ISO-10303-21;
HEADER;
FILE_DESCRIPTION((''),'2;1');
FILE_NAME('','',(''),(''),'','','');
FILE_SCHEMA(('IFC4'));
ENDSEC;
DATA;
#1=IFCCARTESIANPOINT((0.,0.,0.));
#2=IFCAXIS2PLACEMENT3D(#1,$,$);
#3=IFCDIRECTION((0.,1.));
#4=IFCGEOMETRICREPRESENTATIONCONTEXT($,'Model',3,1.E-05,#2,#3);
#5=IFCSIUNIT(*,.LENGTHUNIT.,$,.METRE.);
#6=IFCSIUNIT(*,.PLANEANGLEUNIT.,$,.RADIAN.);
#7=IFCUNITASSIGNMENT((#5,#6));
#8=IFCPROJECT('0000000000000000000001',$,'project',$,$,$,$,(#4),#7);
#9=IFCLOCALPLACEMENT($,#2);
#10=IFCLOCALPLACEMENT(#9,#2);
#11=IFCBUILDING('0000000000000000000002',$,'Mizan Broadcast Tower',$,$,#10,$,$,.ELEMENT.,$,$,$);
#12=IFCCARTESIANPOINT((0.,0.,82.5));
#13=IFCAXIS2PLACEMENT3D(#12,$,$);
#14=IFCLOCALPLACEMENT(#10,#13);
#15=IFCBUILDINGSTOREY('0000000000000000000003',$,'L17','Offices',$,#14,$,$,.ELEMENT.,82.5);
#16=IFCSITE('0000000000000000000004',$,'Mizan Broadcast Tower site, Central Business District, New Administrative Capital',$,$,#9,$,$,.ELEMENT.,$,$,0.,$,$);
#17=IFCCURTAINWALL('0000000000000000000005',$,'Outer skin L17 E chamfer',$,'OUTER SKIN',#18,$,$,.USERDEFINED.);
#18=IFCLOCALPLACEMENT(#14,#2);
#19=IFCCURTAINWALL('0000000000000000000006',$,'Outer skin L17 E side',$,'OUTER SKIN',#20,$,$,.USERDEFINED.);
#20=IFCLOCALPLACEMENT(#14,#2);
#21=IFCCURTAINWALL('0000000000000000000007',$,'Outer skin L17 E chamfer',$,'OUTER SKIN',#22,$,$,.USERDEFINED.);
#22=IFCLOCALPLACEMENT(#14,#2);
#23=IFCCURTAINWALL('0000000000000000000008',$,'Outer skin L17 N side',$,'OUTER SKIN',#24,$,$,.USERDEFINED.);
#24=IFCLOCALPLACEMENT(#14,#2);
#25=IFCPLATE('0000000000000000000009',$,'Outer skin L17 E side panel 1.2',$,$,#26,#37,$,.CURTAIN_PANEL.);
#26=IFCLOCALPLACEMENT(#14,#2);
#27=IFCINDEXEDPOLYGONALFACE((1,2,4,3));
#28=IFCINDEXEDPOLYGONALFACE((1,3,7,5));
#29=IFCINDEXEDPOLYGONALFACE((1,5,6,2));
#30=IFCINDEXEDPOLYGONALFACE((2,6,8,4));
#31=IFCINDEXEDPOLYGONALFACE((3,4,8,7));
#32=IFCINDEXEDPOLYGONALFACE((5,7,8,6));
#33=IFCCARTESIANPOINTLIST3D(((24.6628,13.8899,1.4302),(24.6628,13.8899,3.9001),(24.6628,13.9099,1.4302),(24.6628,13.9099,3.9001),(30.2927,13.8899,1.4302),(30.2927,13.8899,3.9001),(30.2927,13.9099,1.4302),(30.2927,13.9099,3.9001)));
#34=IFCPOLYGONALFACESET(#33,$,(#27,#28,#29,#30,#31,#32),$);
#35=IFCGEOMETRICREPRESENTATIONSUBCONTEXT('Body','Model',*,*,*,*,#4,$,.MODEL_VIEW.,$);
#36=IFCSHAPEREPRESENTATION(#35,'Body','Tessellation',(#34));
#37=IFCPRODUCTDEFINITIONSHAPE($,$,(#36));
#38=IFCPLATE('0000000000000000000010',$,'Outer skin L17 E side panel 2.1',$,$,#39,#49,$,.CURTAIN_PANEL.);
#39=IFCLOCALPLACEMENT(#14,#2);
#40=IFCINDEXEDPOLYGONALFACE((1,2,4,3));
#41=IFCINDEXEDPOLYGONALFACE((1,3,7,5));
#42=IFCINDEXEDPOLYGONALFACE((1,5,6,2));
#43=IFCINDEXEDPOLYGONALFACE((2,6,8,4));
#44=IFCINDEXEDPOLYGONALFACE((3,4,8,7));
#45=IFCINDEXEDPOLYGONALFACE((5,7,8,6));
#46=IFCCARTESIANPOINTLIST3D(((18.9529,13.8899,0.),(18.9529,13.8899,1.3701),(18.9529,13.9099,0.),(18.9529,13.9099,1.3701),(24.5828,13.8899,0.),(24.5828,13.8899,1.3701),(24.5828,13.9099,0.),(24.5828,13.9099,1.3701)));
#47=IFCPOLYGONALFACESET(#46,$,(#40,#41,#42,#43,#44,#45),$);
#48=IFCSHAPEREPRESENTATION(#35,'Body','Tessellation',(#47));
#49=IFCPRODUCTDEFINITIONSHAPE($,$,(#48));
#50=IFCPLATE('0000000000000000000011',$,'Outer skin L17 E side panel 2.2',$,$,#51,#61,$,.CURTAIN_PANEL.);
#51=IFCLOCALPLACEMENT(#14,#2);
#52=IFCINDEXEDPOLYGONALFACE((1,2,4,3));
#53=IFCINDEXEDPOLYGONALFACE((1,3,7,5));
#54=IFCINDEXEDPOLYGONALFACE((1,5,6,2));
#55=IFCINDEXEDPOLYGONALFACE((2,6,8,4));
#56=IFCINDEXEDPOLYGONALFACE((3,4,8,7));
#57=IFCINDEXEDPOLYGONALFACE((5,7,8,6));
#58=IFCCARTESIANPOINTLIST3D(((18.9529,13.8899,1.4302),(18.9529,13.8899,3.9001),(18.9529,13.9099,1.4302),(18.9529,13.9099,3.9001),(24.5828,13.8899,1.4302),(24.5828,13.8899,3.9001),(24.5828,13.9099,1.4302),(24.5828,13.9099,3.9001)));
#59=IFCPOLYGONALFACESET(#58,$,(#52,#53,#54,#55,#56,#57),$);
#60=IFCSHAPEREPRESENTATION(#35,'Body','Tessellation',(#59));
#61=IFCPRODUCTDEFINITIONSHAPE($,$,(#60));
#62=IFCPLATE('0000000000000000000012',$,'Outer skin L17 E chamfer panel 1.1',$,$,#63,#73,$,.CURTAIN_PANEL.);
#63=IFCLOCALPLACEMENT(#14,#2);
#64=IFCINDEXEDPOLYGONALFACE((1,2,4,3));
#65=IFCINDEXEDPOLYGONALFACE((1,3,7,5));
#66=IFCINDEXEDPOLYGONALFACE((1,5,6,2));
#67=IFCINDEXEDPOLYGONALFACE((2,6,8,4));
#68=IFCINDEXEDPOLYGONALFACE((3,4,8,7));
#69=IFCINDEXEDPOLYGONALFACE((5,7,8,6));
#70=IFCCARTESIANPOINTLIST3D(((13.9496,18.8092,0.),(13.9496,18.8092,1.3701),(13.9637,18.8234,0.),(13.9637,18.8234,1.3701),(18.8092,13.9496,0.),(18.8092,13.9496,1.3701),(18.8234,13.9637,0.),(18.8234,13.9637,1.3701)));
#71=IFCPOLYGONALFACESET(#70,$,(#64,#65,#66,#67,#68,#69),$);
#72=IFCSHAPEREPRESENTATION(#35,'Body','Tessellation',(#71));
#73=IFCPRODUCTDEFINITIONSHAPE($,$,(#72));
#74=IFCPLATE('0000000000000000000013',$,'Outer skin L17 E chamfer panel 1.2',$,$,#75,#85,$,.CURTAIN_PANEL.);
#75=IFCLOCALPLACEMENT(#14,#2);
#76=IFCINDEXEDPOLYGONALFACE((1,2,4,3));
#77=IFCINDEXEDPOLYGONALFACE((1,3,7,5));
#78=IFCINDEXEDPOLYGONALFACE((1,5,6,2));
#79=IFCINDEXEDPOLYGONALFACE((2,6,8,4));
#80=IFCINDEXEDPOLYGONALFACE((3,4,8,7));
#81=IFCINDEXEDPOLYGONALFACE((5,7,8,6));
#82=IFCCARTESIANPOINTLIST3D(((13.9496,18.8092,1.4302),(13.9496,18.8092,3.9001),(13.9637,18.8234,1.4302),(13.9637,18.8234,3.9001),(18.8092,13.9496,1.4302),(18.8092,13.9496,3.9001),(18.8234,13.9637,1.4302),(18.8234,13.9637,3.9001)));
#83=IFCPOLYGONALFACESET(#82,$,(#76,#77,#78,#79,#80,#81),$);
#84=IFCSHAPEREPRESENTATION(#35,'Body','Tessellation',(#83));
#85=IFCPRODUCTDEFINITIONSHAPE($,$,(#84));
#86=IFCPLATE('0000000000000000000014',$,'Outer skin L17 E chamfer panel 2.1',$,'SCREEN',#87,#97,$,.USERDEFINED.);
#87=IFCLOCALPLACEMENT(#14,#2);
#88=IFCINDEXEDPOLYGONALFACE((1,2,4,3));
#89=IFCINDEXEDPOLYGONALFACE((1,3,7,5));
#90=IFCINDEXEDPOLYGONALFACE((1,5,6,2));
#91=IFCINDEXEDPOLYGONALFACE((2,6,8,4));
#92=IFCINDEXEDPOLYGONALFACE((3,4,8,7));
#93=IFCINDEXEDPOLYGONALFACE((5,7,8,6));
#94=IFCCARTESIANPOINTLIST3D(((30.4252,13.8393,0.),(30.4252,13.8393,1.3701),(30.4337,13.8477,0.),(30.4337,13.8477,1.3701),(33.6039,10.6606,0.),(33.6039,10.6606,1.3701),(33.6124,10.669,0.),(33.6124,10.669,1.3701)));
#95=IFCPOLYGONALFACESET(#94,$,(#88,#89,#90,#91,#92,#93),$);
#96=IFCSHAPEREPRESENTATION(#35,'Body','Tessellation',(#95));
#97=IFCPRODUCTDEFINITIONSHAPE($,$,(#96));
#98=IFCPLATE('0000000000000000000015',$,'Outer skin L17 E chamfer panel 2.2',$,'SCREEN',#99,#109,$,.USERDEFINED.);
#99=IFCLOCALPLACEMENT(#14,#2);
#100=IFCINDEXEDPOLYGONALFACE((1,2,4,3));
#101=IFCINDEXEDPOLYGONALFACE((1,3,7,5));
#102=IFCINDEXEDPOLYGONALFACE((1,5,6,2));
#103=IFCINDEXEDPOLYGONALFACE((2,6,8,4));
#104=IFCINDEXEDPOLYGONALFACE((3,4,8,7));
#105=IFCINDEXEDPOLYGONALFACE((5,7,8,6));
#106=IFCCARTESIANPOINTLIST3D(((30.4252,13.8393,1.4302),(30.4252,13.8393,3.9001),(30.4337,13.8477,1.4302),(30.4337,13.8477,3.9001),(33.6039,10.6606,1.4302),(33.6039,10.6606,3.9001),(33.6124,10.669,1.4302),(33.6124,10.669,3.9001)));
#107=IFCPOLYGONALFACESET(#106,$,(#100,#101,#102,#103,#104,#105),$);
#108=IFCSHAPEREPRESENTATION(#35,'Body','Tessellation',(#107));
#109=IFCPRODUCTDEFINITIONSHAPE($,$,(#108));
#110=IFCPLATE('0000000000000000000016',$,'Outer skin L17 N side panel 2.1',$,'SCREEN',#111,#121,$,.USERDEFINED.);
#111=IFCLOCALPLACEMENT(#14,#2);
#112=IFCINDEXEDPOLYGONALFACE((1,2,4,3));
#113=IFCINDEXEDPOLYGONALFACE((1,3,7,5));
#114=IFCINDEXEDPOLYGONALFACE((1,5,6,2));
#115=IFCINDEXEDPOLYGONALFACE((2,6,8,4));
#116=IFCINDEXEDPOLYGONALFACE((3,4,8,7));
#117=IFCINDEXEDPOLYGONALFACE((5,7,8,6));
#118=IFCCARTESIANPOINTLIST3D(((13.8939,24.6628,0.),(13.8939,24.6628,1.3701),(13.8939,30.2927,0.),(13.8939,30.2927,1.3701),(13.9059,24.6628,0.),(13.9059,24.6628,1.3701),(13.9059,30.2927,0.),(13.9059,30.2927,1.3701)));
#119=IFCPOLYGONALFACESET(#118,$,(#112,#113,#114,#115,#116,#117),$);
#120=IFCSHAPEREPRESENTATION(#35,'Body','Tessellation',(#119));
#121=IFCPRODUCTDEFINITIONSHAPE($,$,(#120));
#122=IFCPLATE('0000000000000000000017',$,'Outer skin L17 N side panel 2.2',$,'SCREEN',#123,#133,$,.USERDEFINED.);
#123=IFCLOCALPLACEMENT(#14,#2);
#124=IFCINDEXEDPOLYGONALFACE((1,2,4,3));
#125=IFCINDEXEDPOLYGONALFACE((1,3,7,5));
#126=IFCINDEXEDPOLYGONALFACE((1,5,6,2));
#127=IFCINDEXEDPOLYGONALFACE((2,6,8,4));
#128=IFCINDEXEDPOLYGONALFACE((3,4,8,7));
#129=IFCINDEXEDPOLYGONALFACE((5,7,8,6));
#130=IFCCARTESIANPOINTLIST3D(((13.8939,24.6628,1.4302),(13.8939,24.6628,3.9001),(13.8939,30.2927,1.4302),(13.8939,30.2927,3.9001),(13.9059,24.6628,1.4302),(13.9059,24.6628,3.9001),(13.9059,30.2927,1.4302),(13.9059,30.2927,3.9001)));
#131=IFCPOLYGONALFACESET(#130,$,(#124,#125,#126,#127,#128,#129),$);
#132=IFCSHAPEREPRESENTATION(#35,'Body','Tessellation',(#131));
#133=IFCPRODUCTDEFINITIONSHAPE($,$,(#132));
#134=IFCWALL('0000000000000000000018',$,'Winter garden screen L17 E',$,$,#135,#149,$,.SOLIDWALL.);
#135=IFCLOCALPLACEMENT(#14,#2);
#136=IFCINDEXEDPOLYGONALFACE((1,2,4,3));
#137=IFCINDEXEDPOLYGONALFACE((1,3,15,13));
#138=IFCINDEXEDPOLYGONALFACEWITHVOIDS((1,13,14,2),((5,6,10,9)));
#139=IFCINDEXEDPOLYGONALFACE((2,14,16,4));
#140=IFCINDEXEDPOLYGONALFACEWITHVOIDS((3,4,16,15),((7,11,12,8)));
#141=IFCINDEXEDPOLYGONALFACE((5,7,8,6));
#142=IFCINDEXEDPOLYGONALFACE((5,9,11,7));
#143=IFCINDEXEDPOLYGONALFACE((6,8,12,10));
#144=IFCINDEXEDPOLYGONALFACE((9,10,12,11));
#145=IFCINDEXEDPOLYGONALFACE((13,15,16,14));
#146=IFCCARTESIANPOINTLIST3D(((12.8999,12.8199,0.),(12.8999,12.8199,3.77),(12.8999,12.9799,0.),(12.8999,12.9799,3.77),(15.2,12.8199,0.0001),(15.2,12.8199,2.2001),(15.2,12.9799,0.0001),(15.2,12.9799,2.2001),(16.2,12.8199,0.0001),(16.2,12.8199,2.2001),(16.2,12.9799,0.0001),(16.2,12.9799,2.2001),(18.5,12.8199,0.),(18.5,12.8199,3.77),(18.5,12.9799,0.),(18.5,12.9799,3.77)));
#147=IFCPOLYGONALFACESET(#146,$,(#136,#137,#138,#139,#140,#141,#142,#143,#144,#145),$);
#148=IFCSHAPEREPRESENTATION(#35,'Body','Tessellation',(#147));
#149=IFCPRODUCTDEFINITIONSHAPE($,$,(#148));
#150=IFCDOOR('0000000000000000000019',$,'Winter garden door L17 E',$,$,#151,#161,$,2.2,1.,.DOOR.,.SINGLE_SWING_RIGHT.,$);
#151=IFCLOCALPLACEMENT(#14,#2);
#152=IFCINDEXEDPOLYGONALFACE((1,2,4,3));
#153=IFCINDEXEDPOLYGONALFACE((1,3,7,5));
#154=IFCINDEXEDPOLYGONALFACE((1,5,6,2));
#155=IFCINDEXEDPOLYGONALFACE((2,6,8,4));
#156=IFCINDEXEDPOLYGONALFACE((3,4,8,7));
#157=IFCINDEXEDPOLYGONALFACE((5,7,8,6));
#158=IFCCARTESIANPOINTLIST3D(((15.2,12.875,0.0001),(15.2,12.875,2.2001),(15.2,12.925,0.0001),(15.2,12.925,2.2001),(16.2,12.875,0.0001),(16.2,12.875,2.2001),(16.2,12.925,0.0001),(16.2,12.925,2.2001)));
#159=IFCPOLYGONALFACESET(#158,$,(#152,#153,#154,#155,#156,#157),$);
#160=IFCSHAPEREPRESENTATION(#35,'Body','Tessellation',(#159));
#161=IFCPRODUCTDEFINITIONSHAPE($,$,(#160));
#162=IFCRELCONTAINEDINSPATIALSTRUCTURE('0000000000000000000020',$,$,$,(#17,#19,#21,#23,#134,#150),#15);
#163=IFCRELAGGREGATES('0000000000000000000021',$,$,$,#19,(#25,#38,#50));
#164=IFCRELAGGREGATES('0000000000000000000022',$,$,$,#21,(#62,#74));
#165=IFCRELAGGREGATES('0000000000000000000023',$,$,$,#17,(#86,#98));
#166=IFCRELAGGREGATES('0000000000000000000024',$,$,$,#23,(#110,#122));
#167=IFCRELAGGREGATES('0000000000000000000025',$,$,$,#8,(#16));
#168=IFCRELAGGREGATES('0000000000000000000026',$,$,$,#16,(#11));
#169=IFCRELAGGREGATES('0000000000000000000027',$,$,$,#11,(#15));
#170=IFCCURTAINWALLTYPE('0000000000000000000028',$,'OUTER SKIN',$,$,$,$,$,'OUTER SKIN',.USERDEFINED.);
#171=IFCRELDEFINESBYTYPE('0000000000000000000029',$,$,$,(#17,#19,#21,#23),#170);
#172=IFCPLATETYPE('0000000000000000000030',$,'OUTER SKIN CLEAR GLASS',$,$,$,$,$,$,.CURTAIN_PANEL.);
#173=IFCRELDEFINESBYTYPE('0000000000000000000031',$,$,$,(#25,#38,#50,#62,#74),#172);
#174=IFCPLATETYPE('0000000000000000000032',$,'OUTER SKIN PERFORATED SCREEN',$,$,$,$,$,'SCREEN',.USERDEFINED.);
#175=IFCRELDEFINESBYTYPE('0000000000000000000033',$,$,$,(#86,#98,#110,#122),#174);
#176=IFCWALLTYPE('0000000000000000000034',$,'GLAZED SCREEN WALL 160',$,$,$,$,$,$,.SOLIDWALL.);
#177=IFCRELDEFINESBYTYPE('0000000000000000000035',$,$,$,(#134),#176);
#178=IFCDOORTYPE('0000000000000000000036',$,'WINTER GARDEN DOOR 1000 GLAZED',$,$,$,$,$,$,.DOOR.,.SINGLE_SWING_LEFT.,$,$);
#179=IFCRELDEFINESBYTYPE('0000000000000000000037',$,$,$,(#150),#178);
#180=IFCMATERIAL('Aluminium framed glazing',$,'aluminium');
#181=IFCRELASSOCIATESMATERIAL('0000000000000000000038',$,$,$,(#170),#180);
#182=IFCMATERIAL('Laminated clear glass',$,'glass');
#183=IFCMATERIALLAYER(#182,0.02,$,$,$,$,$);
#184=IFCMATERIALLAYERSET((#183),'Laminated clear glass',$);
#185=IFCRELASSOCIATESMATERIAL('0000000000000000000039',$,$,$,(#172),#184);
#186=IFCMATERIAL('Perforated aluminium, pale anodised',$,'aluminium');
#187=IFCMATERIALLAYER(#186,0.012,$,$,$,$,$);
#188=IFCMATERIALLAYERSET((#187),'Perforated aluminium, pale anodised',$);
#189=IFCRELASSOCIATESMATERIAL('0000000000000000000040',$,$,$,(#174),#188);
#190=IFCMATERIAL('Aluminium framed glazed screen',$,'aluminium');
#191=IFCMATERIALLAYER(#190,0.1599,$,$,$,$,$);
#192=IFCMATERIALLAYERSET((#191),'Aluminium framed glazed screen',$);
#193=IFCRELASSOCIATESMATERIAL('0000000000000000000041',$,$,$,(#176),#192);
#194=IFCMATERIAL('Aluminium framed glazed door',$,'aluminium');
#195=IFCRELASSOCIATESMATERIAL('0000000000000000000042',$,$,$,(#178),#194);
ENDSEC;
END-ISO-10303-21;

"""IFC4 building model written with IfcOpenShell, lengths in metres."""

from ifc_helpers import new_model, si_unit, direction, frame, frame_2d, origin, origin_2d, place, context, subcontext, project, spatial, rectangle, extrude, material, layer, layer_set, type_object, element, fill, aggregate, save


model = new_model("IFC4")

# Units and contexts
model_context = context("Model", 3, precision=1e-05, world=origin(), true_north=direction((0.0, 1.0)))
body_context = subcontext(model_context, "Body", "Model", "MODEL_VIEW")
ifc_project = project(units=[si_unit("LENGTHUNIT", "METRE"), si_unit("PLANEANGLEUNIT", "RADIAN")], contexts=[model_context])

# Site, building, storey
site_placement = place(None, origin())
site = spatial("IfcSite", under=ifc_project, at=site_placement, Name="Mizan Broadcast Tower site, Central Business District, New Administrative Capital", CompositionType="ELEMENT", RefElevation=0.0)
building_placement = place(site_placement, origin())
building = spatial("IfcBuilding", under=site, at=building_placement, Name="Mizan Broadcast Tower", CompositionType="ELEMENT")
storey_placement = place(building_placement, frame((0.0, 0.0, 82.5)))
storey = spatial("IfcBuildingStorey", under=building, at=storey_placement, Name="L17", Description="Offices", CompositionType="ELEMENT", Elevation=82.5)

# Curtain wall
ifc_material_1 = material(Name="Aluminium framed glazing", Category="aluminium")
curtain_wall_type_1 = type_object("IfcCurtainWallType", Name="OUTER SKIN", ElementType="OUTER SKIN", PredefinedType="USERDEFINED", material=ifc_material_1)
curtain_wall_1_placement = place(storey_placement, origin())
curtain_wall_1 = element("IfcCurtainWall", 1, at=curtain_wall_1_placement, inside=storey, type_object=curtain_wall_type_1, Name="Outer skin L17 E chamfer", ObjectType="OUTER SKIN", PredefinedType="USERDEFINED")

# Curtain wall
curtain_wall_2_placement = place(storey_placement, origin())
curtain_wall_2 = element("IfcCurtainWall", 2, at=curtain_wall_2_placement, inside=storey, type_object=curtain_wall_type_1, Name="Outer skin L17 E side", ObjectType="OUTER SKIN", PredefinedType="USERDEFINED")

# Curtain wall
curtain_wall_3_placement = place(storey_placement, origin())
curtain_wall_3 = element("IfcCurtainWall", 3, at=curtain_wall_3_placement, inside=storey, type_object=curtain_wall_type_1, Name="Outer skin L17 E chamfer", ObjectType="OUTER SKIN", PredefinedType="USERDEFINED")

# Curtain wall
curtain_wall_4_placement = place(storey_placement, origin())
curtain_wall_4 = element("IfcCurtainWall", 4, at=curtain_wall_4_placement, inside=storey, type_object=curtain_wall_type_1, Name="Outer skin L17 N side", ObjectType="OUTER SKIN", PredefinedType="USERDEFINED")

# Plates
ifc_material_2 = material(Name="Laminated clear glass", Category="glass")
ifc_layer_1 = layer(ifc_material_2, 0.02)
ifc_layer_set_1 = layer_set([ifc_layer_1], Name="Laminated clear glass")
plate_type_1 = type_object("IfcPlateType", Name="OUTER SKIN CLEAR GLASS", PredefinedType="CURTAIN_PANEL", material=ifc_layer_set_1)
plate_1_placement = place(storey_placement, frame((27.4778, 13.8999, 1.4302), z_axis=(0.0, 0.0, 1.0), x_axis=(-1.0, 0.0, 0.0)))
plate_1 = element("IfcPlate", 5, at=plate_1_placement, type_object=plate_type_1, Name="Outer skin L17 E side panel 1.2", PredefinedType="CURTAIN_PANEL", context=body_context, shape_type="SweptSolid", body=[
    extrude(rectangle(XDim=5.6299, YDim=0.02, at=origin_2d()), origin(), (0.0, 0.0, 1.0), 2.47),
])
plate_2_placement = place(storey_placement, frame((21.7678, 13.8999, 0.0), z_axis=(0.0, 0.0, 1.0), x_axis=(-1.0, 0.0, 0.0)))
plate_2 = element("IfcPlate", 6, at=plate_2_placement, type_object=plate_type_1, Name="Outer skin L17 E side panel 2.1", PredefinedType="CURTAIN_PANEL", context=body_context, shape_type="SweptSolid", body=[
    extrude(rectangle(XDim=5.6299, YDim=0.02, at=origin_2d()), origin(), (0.0, 0.0, 1.0), 1.3701),
])
plate_3_placement = place(storey_placement, frame((21.7678, 13.8999, 1.4302), z_axis=(0.0, 0.0, 1.0), x_axis=(-1.0, 0.0, 0.0)))
plate_3 = element("IfcPlate", 7, at=plate_3_placement, type_object=plate_type_1, Name="Outer skin L17 E side panel 2.2", PredefinedType="CURTAIN_PANEL", context=body_context, shape_type="SweptSolid", body=[
    extrude(rectangle(XDim=5.6299, YDim=0.02, at=origin_2d()), origin(), (0.0, 0.0, 1.0), 2.47),
])
aggregate(curtain_wall_2, [plate_1, plate_2, plate_3])
plate_4_placement = place(storey_placement, frame((16.3865, 16.3865, 0.0), z_axis=(0.0, 0.0, 1.0), x_axis=(-0.707107, 0.707107, 0.0)))
plate_4 = element("IfcPlate", 8, at=plate_4_placement, type_object=plate_type_1, Name="Outer skin L17 E chamfer panel 1.1", PredefinedType="CURTAIN_PANEL", context=body_context, shape_type="SweptSolid", body=[
    extrude(rectangle(XDim=6.8726, YDim=0.02, at=origin_2d()), origin(), (0.0, 0.0, 1.0), 1.3701),
])
plate_5_placement = place(storey_placement, frame((16.3865, 16.3865, 1.4302), z_axis=(0.0, 0.0, 1.0), x_axis=(-0.707107, 0.707107, 0.0)))
plate_5 = element("IfcPlate", 9, at=plate_5_placement, type_object=plate_type_1, Name="Outer skin L17 E chamfer panel 1.2", PredefinedType="CURTAIN_PANEL", context=body_context, shape_type="SweptSolid", body=[
    extrude(rectangle(XDim=6.8726, YDim=0.02, at=origin_2d()), origin(), (0.0, 0.0, 1.0), 2.47),
])
aggregate(curtain_wall_3, [plate_4, plate_5])
ifc_material_3 = material(Name="Perforated aluminium, pale anodised", Category="aluminium")
ifc_layer_2 = layer(ifc_material_3, 0.012)
ifc_layer_set_2 = layer_set([ifc_layer_2], Name="Perforated aluminium, pale anodised")
plate_type_2 = type_object("IfcPlateType", Name="OUTER SKIN PERFORATED SCREEN", ElementType="SCREEN", PredefinedType="USERDEFINED", material=ifc_layer_set_2)
plate_6_placement = place(storey_placement, frame((32.0188, 12.2542, 0.0), z_axis=(0.0, 0.0, 1.0), x_axis=(-0.707107, 0.707107, 0.0)))
plate_6 = element("IfcPlate", 10, at=plate_6_placement, type_object=plate_type_2, Name="Outer skin L17 E chamfer panel 2.1", ObjectType="SCREEN", PredefinedType="USERDEFINED", context=body_context, shape_type="SweptSolid", body=[
    extrude(rectangle(XDim=4.4954, YDim=0.012, at=origin_2d()), origin(), (0.0, 0.0, 1.0), 1.3701),
])
plate_7_placement = place(storey_placement, frame((32.0188, 12.2542, 1.4302), z_axis=(0.0, 0.0, 1.0), x_axis=(-0.707107, 0.707107, 0.0)))
plate_7 = element("IfcPlate", 11, at=plate_7_placement, type_object=plate_type_2, Name="Outer skin L17 E chamfer panel 2.2", ObjectType="SCREEN", PredefinedType="USERDEFINED", context=body_context, shape_type="SweptSolid", body=[
    extrude(rectangle(XDim=4.4954, YDim=0.012, at=origin_2d()), origin(), (0.0, 0.0, 1.0), 2.47),
])
aggregate(curtain_wall_1, [plate_6, plate_7])
plate_8_placement = place(storey_placement, frame((13.8999, 27.4778, 0.0), z_axis=(0.0, 0.0, 1.0), x_axis=(0.0, 1.0, 0.0)))
plate_8 = element("IfcPlate", 12, at=plate_8_placement, type_object=plate_type_2, Name="Outer skin L17 N side panel 2.1", ObjectType="SCREEN", PredefinedType="USERDEFINED", context=body_context, shape_type="SweptSolid", body=[
    extrude(rectangle(XDim=5.6299, YDim=0.012, at=origin_2d()), origin(), (0.0, 0.0, 1.0), 1.3701),
])
plate_9_placement = place(storey_placement, frame((13.8999, 27.4778, 1.4302), z_axis=(0.0, 0.0, 1.0), x_axis=(0.0, 1.0, 0.0)))
plate_9 = element("IfcPlate", 13, at=plate_9_placement, type_object=plate_type_2, Name="Outer skin L17 N side panel 2.2", ObjectType="SCREEN", PredefinedType="USERDEFINED", context=body_context, shape_type="SweptSolid", body=[
    extrude(rectangle(XDim=5.6299, YDim=0.012, at=origin_2d()), origin(), (0.0, 0.0, 1.0), 2.47),
])
aggregate(curtain_wall_4, [plate_8, plate_9])

# Wall, opening, door
ifc_material_4 = material(Name="Aluminium framed glazed screen", Category="aluminium")
ifc_layer_3 = layer(ifc_material_4, 0.1599)
ifc_layer_set_3 = layer_set([ifc_layer_3], Name="Aluminium framed glazed screen")
wall_type = type_object("IfcWallType", Name="GLAZED SCREEN WALL 160", PredefinedType="SOLIDWALL", material=ifc_layer_set_3)
wall_placement = place(storey_placement, frame((18.5, 12.8999, 0.0), z_axis=(0.0, 0.0, 1.0), x_axis=(-1.0, 0.0, 0.0)))
wall = element("IfcWall", 14, at=wall_placement, inside=storey, type_object=wall_type, Name="Winter garden screen L17 E", PredefinedType="SOLIDWALL", context=body_context, shape_type="SweptSolid", body=[
    extrude(rectangle(XDim=5.6001, YDim=0.1599, at=frame_2d((2.8, 0.0))), origin(), (0.0, 0.0, 1.0), 3.77),
])
opening_placement = place(wall_placement, frame((2.3, 0.0, 0.0)))
opening = element("IfcOpeningElement", 15, at=opening_placement, cuts=wall, PredefinedType="OPENING", context=body_context, shape_type="SweptSolid", body=[
    extrude(rectangle(XDim=1.0, YDim=2.2, at=frame_2d((0.5, 1.1001))), frame((0.0, 0.0898, 0.0), z_axis=(0.0, -1.0, 0.0), x_axis=(1.0, 0.0, 0.0)), (0.0, 0.0, 1.0), 0.1799),
])
ifc_material_5 = material(Name="Aluminium framed glazed door", Category="aluminium")
door_type = type_object("IfcDoorType", Name="WINTER GARDEN DOOR 1000 GLAZED", OperationType="SINGLE_SWING_LEFT", PredefinedType="DOOR", material=ifc_material_5)
door_placement = place(opening_placement, origin())
door = element("IfcDoor", 16, at=door_placement, inside=storey, type_object=door_type, Name="Winter garden door L17 E", OperationType="SINGLE_SWING_RIGHT", OverallHeight=2.2, OverallWidth=1.0, PredefinedType="DOOR", context=body_context, shape_type="SweptSolid", body=[
    extrude(rectangle(XDim=1.0, YDim=2.2, at=frame_2d((0.5, 1.1001))), frame((0.0, 0.0249, 0.0), z_axis=(0.0, -1.0, 0.0), x_axis=(1.0, 0.0, 0.0)), (0.0, 0.0, 1.0), 0.05),
])
fill(opening, door)

save(model, "model.ifc")
